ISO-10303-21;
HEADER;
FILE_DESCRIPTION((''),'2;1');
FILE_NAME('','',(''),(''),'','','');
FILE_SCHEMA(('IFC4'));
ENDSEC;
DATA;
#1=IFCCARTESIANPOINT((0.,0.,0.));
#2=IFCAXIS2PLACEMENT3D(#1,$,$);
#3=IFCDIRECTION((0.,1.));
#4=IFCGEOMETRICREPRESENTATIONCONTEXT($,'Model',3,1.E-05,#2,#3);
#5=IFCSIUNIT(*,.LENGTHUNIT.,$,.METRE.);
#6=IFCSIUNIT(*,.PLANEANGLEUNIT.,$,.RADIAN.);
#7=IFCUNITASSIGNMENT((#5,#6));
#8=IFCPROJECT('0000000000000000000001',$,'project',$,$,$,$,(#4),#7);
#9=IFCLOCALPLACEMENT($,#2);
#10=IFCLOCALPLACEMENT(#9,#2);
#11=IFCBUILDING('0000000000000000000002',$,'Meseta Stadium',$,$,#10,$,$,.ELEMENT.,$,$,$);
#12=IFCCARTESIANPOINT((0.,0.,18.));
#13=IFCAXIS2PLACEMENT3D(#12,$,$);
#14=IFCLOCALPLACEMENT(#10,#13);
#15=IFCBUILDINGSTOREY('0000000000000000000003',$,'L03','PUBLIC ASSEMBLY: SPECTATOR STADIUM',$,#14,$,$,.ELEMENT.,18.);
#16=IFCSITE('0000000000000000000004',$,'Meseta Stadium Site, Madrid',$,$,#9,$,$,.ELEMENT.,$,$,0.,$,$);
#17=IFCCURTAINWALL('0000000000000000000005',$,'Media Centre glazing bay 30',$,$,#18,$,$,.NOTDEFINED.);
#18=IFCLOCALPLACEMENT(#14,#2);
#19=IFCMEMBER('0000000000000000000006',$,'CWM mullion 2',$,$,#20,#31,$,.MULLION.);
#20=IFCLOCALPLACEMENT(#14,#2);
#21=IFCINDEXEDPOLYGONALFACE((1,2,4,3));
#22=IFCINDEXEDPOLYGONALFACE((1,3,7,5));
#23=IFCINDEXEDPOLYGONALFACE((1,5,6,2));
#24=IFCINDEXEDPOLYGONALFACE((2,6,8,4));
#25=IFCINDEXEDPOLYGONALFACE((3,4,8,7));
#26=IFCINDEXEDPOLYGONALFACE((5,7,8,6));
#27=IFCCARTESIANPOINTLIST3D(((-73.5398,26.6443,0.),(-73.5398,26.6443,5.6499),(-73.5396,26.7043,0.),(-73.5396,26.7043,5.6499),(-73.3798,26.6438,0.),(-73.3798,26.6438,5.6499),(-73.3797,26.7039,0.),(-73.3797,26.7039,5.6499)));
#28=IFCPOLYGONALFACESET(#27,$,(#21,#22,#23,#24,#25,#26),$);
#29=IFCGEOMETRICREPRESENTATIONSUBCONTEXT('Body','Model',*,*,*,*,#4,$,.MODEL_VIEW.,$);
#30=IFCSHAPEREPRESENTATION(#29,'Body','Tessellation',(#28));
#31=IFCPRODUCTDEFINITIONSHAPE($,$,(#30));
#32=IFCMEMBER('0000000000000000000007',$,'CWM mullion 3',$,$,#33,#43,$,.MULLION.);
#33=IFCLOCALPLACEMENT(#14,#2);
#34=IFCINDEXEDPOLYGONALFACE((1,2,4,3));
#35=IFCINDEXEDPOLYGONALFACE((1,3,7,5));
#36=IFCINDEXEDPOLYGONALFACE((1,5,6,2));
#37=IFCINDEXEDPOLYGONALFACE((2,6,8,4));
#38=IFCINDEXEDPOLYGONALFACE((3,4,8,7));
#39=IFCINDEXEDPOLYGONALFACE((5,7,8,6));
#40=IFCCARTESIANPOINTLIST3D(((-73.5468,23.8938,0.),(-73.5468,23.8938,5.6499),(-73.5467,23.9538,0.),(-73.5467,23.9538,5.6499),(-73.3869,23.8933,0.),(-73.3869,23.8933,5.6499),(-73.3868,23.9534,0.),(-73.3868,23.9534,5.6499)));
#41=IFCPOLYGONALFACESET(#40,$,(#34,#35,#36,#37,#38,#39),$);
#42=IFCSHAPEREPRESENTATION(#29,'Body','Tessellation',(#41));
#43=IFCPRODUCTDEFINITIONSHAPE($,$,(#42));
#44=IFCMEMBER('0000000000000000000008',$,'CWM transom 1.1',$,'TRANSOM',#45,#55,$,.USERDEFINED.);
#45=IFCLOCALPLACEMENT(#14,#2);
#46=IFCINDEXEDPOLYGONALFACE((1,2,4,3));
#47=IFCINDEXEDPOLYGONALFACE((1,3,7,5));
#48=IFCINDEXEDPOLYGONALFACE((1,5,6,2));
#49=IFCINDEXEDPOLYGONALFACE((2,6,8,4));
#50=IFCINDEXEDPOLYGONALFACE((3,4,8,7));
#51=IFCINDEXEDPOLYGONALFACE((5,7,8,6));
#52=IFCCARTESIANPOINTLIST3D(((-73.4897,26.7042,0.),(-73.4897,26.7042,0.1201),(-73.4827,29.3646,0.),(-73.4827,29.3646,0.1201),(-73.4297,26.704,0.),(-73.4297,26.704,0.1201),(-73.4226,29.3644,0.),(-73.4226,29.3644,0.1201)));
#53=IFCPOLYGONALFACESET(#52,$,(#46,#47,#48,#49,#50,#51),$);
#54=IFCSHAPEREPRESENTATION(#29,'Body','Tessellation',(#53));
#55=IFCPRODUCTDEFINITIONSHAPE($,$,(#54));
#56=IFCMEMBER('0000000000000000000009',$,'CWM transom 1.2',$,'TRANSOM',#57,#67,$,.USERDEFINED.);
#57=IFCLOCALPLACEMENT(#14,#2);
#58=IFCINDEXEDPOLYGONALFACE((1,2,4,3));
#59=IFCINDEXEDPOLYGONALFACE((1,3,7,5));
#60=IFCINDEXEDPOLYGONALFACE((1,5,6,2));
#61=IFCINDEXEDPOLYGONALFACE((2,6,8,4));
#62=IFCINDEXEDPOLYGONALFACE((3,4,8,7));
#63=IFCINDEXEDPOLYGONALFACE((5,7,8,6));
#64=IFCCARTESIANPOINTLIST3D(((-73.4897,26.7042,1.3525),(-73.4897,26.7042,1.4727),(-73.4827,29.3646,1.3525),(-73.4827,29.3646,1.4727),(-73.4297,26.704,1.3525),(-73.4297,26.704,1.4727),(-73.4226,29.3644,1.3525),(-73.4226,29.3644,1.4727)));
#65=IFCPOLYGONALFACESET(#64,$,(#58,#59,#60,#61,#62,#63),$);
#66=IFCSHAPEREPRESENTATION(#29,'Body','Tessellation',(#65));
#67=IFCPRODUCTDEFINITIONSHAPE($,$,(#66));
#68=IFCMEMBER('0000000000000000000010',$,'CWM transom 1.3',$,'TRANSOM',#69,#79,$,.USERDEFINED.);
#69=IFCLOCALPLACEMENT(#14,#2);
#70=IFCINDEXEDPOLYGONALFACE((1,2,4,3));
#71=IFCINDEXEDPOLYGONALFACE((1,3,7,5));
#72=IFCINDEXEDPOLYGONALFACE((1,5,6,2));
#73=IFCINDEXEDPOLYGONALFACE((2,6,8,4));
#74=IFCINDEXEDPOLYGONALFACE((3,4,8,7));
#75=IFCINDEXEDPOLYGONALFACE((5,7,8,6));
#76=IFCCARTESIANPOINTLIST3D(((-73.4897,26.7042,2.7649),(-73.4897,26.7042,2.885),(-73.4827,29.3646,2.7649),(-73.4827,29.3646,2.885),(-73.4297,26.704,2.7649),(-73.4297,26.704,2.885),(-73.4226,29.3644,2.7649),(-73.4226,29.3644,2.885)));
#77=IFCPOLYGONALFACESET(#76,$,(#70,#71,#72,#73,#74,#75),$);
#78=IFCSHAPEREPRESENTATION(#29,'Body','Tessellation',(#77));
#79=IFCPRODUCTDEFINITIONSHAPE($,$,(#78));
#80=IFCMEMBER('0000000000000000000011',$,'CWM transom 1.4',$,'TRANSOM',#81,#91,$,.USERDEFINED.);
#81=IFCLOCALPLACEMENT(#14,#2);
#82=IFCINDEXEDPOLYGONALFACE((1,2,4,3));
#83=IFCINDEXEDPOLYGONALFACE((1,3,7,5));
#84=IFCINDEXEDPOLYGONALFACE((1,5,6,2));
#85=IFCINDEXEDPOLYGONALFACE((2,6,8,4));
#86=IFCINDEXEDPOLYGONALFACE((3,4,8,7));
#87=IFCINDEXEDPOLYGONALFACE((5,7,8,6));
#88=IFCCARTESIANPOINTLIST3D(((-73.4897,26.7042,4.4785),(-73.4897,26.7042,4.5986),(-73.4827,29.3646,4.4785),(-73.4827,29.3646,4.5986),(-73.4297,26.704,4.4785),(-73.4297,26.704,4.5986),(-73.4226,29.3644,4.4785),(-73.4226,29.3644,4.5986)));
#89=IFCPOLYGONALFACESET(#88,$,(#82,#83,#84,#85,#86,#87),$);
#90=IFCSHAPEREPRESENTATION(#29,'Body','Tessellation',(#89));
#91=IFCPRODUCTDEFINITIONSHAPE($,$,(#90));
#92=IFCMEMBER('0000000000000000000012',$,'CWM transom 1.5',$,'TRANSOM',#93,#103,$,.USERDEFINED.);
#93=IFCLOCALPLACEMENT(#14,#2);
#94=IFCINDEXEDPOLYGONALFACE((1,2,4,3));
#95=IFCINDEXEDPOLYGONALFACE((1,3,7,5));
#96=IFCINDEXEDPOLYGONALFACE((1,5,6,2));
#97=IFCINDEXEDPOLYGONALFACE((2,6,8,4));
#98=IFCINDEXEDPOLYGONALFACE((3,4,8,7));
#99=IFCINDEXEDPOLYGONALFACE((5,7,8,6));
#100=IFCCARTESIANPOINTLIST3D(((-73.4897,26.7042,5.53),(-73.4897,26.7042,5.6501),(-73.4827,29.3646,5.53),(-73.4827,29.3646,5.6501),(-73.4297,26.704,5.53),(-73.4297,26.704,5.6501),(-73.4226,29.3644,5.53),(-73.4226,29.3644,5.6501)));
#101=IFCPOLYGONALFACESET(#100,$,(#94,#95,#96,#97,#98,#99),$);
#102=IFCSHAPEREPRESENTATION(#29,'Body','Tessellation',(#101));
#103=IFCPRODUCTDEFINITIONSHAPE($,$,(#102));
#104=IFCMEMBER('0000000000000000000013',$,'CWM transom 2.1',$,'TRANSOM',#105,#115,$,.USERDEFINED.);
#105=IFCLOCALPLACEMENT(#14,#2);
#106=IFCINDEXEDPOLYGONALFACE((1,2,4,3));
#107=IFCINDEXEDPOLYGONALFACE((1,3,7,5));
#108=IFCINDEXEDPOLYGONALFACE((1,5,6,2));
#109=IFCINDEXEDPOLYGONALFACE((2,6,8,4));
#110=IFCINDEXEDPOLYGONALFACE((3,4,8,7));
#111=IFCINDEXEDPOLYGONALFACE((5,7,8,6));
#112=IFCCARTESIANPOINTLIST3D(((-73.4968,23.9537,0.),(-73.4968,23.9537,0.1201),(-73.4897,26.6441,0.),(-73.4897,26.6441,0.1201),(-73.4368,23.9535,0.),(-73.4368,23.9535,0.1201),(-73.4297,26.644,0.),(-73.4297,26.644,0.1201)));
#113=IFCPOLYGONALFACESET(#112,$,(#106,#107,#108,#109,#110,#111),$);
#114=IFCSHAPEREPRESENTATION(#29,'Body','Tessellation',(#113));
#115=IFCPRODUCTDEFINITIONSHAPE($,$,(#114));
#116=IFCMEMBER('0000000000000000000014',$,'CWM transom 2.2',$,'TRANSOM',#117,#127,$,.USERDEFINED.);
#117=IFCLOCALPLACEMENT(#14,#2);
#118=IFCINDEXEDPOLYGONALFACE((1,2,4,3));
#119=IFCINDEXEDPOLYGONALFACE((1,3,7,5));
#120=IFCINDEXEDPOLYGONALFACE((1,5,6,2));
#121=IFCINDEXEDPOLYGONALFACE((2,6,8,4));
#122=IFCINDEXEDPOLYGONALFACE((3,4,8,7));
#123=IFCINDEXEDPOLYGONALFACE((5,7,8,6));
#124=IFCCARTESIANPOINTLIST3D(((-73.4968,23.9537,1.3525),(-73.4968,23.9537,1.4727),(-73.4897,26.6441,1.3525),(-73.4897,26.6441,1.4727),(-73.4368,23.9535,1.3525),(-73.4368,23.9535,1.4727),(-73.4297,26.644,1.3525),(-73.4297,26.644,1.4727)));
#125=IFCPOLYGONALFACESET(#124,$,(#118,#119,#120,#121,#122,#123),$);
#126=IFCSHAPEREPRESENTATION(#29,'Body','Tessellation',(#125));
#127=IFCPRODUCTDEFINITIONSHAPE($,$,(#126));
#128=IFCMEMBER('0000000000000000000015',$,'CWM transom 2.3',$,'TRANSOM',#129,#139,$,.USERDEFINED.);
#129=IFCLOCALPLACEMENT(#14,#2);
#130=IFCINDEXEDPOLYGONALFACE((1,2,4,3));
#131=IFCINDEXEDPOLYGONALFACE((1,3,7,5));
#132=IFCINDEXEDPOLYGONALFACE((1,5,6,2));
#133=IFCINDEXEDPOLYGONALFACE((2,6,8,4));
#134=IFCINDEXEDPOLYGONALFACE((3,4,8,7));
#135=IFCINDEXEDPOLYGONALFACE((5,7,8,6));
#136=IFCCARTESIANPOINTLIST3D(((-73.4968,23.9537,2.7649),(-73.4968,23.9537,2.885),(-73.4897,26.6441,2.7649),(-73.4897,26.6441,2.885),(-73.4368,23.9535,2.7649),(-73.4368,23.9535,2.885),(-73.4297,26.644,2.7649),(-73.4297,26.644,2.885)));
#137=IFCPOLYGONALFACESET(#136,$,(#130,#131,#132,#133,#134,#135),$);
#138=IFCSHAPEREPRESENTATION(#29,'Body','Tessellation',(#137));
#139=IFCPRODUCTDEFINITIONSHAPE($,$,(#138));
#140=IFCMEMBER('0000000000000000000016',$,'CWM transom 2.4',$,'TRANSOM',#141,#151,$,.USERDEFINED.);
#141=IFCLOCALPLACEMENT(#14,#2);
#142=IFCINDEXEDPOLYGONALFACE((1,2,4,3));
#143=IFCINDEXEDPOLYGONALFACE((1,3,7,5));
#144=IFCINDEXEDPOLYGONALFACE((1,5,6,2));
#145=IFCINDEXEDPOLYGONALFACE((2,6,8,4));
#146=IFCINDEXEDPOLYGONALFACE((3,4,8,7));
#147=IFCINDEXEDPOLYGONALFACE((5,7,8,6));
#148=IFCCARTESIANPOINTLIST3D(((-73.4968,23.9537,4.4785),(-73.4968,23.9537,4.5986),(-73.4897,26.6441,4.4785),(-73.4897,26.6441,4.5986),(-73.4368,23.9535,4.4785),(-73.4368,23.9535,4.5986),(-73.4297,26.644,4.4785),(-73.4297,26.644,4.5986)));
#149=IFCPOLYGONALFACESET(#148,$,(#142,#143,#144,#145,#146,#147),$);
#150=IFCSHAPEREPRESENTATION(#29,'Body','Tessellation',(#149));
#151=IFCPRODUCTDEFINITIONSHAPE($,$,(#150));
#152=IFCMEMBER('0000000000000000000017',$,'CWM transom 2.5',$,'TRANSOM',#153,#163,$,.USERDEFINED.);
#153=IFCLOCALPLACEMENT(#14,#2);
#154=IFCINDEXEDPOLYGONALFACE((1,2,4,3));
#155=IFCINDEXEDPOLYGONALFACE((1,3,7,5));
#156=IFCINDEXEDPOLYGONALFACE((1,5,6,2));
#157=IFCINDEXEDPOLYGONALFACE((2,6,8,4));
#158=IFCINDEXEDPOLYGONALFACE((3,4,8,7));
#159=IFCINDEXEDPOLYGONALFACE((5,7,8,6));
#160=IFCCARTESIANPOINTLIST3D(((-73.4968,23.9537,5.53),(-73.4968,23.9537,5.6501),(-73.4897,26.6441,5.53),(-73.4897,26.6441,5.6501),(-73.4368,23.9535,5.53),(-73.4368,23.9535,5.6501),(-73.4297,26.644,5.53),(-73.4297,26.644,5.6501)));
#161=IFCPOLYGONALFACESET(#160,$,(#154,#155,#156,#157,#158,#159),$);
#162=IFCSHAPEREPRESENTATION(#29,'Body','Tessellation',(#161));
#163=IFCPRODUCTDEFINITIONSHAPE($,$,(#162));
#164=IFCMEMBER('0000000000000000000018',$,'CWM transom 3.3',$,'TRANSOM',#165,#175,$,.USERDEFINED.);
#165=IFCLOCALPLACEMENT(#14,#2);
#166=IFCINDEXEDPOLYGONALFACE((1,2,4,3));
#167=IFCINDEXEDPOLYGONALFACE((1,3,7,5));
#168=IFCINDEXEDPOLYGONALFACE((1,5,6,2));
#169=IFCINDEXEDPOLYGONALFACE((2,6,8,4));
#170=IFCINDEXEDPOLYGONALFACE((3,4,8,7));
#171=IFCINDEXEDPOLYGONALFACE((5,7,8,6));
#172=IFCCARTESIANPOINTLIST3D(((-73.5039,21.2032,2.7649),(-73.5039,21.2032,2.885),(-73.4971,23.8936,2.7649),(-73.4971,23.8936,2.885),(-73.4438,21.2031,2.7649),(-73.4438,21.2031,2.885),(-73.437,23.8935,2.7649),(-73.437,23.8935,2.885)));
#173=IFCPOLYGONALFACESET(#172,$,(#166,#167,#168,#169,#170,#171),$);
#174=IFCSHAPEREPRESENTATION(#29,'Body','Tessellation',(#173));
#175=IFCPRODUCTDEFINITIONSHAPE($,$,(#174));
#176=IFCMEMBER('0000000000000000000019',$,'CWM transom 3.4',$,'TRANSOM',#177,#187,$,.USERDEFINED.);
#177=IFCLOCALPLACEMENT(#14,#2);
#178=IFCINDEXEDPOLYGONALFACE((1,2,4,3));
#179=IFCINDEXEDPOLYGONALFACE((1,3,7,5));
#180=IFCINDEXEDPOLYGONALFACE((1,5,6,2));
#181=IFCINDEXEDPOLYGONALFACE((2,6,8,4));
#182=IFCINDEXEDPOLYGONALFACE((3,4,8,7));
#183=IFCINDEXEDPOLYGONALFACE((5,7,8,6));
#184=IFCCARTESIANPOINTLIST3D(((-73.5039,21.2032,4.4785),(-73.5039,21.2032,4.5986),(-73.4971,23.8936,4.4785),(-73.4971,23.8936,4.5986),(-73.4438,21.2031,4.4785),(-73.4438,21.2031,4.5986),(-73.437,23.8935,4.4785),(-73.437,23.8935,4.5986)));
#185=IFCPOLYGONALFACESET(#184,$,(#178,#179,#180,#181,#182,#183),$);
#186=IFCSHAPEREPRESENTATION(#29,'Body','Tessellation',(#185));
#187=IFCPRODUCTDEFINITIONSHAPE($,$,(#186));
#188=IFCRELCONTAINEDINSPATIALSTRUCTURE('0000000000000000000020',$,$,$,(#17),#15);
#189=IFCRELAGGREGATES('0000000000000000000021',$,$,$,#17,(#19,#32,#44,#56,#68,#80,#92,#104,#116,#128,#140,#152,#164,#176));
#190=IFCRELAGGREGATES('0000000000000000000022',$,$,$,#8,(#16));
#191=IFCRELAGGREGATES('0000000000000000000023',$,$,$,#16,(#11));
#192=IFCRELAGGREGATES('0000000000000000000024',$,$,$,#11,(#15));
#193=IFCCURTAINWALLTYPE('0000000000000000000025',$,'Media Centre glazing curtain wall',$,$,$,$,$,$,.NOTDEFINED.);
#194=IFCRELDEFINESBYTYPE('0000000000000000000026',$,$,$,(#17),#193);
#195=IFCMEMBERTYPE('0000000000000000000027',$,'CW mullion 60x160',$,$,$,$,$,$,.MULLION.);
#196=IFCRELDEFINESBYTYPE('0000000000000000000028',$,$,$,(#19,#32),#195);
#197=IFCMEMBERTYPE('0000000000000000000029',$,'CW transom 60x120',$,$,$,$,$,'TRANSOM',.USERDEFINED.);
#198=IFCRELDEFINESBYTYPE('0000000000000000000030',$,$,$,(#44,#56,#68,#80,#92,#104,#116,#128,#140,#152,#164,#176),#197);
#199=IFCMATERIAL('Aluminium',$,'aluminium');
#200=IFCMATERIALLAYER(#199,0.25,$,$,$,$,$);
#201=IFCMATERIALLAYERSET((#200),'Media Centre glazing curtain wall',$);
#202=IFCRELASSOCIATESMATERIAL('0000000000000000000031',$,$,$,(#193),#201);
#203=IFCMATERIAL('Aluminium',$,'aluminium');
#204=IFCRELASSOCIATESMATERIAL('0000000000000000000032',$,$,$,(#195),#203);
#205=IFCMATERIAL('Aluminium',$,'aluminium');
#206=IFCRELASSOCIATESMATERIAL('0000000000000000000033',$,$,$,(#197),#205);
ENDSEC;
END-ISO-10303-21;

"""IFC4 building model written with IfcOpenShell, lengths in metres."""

from ifc_helpers import new_model, si_unit, direction, frame, origin, origin_2d, place, context, subcontext, project, spatial, rectangle, extrude, material, layer, layer_set, material_profile, profile_set, type_object, element, aggregate, save


model = new_model("IFC4")

# Units and contexts
model_context = context("Model", 3, precision=1e-05, world=origin(), true_north=direction((0.0, 1.0)))
body_context = subcontext(model_context, "Body", "Model", "MODEL_VIEW")
ifc_project = project(units=[si_unit("LENGTHUNIT", "METRE"), si_unit("PLANEANGLEUNIT", "RADIAN")], contexts=[model_context])

# Site, building, storey
site_placement = place(None, origin())
site = spatial("IfcSite", under=ifc_project, at=site_placement, Name="Meseta Stadium Site, Madrid", CompositionType="ELEMENT", RefElevation=0.0)
building_placement = place(site_placement, origin())
building = spatial("IfcBuilding", under=site, at=building_placement, Name="Meseta Stadium", CompositionType="ELEMENT")
storey_placement = place(building_placement, frame((0.0, 0.0, 18.0)))
storey = spatial("IfcBuildingStorey", under=building, at=storey_placement, Name="L03", Description="PUBLIC ASSEMBLY: SPECTATOR STADIUM", CompositionType="ELEMENT", Elevation=18.0)

# Curtain wall, members
ifc_material_1 = material(Name="Aluminium", Category="aluminium")
ifc_layer_1 = layer(ifc_material_1, 0.25)
ifc_layer_set_1 = layer_set([ifc_layer_1], Name="Media Centre glazing curtain wall")
curtain_wall_type = type_object("IfcCurtainWallType", Name="Media Centre glazing curtain wall", PredefinedType="NOTDEFINED", material=ifc_layer_set_1)
curtain_wall_placement = place(storey_placement, origin())
curtain_wall = element("IfcCurtainWall", 1, at=curtain_wall_placement, inside=storey, type_object=curtain_wall_type, Name="Media Centre glazing bay 30", PredefinedType="NOTDEFINED")
ifc_material_2 = material(Name="Aluminium", Category="aluminium")
ifc_material_profile_1 = material_profile(ifc_material_2, rectangle(XDim=0.1599, YDim=0.0601, at=origin_2d()), Name="CW 160x60")
ifc_profile_set_1 = profile_set([ifc_material_profile_1], Name="Aluminium")
member_type_1 = type_object("IfcMemberType", Name="CW mullion 60x160", PredefinedType="MULLION", material=ifc_profile_set_1)
member_1_placement = place(storey_placement, frame((-73.4597, 26.6741, 0.0), z_axis=(0.0, 0.0, 1.0), x_axis=(0.999997, -0.002606, 0.0)))
member_1 = element("IfcMember", 2, at=member_1_placement, type_object=member_type_1, Name="CWM mullion 2", PredefinedType="MULLION", context=body_context, shape_type="SweptSolid", body=[
    extrude(rectangle(XDim=0.1599, YDim=0.0601, at=origin_2d()), origin(), (0.0, 0.0, 1.0), 5.6499),
])
member_2_placement = place(storey_placement, frame((-73.4668, 23.9236, 0.0), z_axis=(0.0, 0.0, 1.0), x_axis=(0.999997, -0.002606, 0.0)))
member_2 = element("IfcMember", 3, at=member_2_placement, type_object=member_type_1, Name="CWM mullion 3", PredefinedType="MULLION", context=body_context, shape_type="SweptSolid", body=[
    extrude(rectangle(XDim=0.1599, YDim=0.0601, at=origin_2d()), origin(), (0.0, 0.0, 1.0), 5.6499),
])
ifc_material_3 = material(Name="Aluminium", Category="aluminium")
ifc_material_profile_2 = material_profile(ifc_material_3, rectangle(XDim=0.0601, YDim=0.1201, at=origin_2d()), Name="CW 60x120")
ifc_profile_set_2 = profile_set([ifc_material_profile_2], Name="Aluminium")
member_type_2 = type_object("IfcMemberType", Name="CW transom 60x120", ElementType="TRANSOM", PredefinedType="USERDEFINED", material=ifc_profile_set_2)
member_3_placement = place(storey_placement, frame((-73.4526, 29.3645, 0.0601), z_axis=(-0.002661, -0.999996, 0.0), x_axis=(0.999996, -0.002661, 0.0)))
member_3 = element("IfcMember", 4, at=member_3_placement, type_object=member_type_2, Name="CWM transom 1.1", ObjectType="TRANSOM", PredefinedType="USERDEFINED", context=body_context, shape_type="SweptSolid", body=[
    extrude(rectangle(XDim=0.0601, YDim=0.1201, at=origin_2d()), origin(), (0.0, 0.0, 1.0), 2.6604),
])
member_4_placement = place(storey_placement, frame((-73.4526, 29.3645, 1.4126), z_axis=(-0.002661, -0.999996, 0.0), x_axis=(0.999996, -0.002661, 0.0)))
member_4 = element("IfcMember", 5, at=member_4_placement, type_object=member_type_2, Name="CWM transom 1.2", ObjectType="TRANSOM", PredefinedType="USERDEFINED", context=body_context, shape_type="SweptSolid", body=[
    extrude(rectangle(XDim=0.0601, YDim=0.1201, at=origin_2d()), origin(), (0.0, 0.0, 1.0), 2.6604),
])
member_5_placement = place(storey_placement, frame((-73.4526, 29.3645, 2.825), z_axis=(-0.002661, -0.999996, 0.0), x_axis=(0.999996, -0.002661, 0.0)))
member_5 = element("IfcMember", 6, at=member_5_placement, type_object=member_type_2, Name="CWM transom 1.3", ObjectType="TRANSOM", PredefinedType="USERDEFINED", context=body_context, shape_type="SweptSolid", body=[
    extrude(rectangle(XDim=0.0601, YDim=0.1201, at=origin_2d()), origin(), (0.0, 0.0, 1.0), 2.6604),
])
member_6_placement = place(storey_placement, frame((-73.4526, 29.3645, 4.5386), z_axis=(-0.002661, -0.999996, 0.0), x_axis=(0.999996, -0.002661, 0.0)))
member_6 = element("IfcMember", 7, at=member_6_placement, type_object=member_type_2, Name="CWM transom 1.4", ObjectType="TRANSOM", PredefinedType="USERDEFINED", context=body_context, shape_type="SweptSolid", body=[
    extrude(rectangle(XDim=0.0601, YDim=0.1201, at=origin_2d()), origin(), (0.0, 0.0, 1.0), 2.6604),
])
member_7_placement = place(storey_placement, frame((-73.4526, 29.3645, 5.5901), z_axis=(-0.002661, -0.999996, 0.0), x_axis=(0.999996, -0.002661, 0.0)))
member_7 = element("IfcMember", 8, at=member_7_placement, type_object=member_type_2, Name="CWM transom 1.5", ObjectType="TRANSOM", PredefinedType="USERDEFINED", context=body_context, shape_type="SweptSolid", body=[
    extrude(rectangle(XDim=0.0601, YDim=0.1201, at=origin_2d()), origin(), (0.0, 0.0, 1.0), 2.6604),
])
member_8_placement = place(storey_placement, frame((-73.4597, 26.644, 0.0601), z_axis=(-0.002632, -0.999997, 0.0), x_axis=(0.999997, -0.002632, 0.0)))
member_8 = element("IfcMember", 9, at=member_8_placement, type_object=member_type_2, Name="CWM transom 2.1", ObjectType="TRANSOM", PredefinedType="USERDEFINED", context=body_context, shape_type="SweptSolid", body=[
    extrude(rectangle(XDim=0.0601, YDim=0.1201, at=origin_2d()), origin(), (0.0, 0.0, 1.0), 2.6904),
])
member_9_placement = place(storey_placement, frame((-73.4597, 26.644, 1.4126), z_axis=(-0.002632, -0.999997, 0.0), x_axis=(0.999997, -0.002632, 0.0)))
member_9 = element("IfcMember", 10, at=member_9_placement, type_object=member_type_2, Name="CWM transom 2.2", ObjectType="TRANSOM", PredefinedType="USERDEFINED", context=body_context, shape_type="SweptSolid", body=[
    extrude(rectangle(XDim=0.0601, YDim=0.1201, at=origin_2d()), origin(), (0.0, 0.0, 1.0), 2.6904),
])
member_10_placement = place(storey_placement, frame((-73.4597, 26.644, 2.825), z_axis=(-0.002632, -0.999997, 0.0), x_axis=(0.999997, -0.002632, 0.0)))
member_10 = element("IfcMember", 11, at=member_10_placement, type_object=member_type_2, Name="CWM transom 2.3", ObjectType="TRANSOM", PredefinedType="USERDEFINED", context=body_context, shape_type="SweptSolid", body=[
    extrude(rectangle(XDim=0.0601, YDim=0.1201, at=origin_2d()), origin(), (0.0, 0.0, 1.0), 2.6904),
])
member_11_placement = place(storey_placement, frame((-73.4597, 26.644, 4.5386), z_axis=(-0.002632, -0.999997, 0.0), x_axis=(0.999997, -0.002632, 0.0)))
member_11 = element("IfcMember", 12, at=member_11_placement, type_object=member_type_2, Name="CWM transom 2.4", ObjectType="TRANSOM", PredefinedType="USERDEFINED", context=body_context, shape_type="SweptSolid", body=[
    extrude(rectangle(XDim=0.0601, YDim=0.1201, at=origin_2d()), origin(), (0.0, 0.0, 1.0), 2.6904),
])
member_12_placement = place(storey_placement, frame((-73.4597, 26.644, 5.5901), z_axis=(-0.002632, -0.999997, 0.0), x_axis=(0.999997, -0.002632, 0.0)))
member_12 = element("IfcMember", 13, at=member_12_placement, type_object=member_type_2, Name="CWM transom 2.5", ObjectType="TRANSOM", PredefinedType="USERDEFINED", context=body_context, shape_type="SweptSolid", body=[
    extrude(rectangle(XDim=0.0601, YDim=0.1201, at=origin_2d()), origin(), (0.0, 0.0, 1.0), 2.6904),
])
member_13_placement = place(storey_placement, frame((-73.467, 23.8936, 2.825), z_axis=(-0.002541, -0.999997, 0.0), x_axis=(0.999997, -0.002541, 0.0)))
member_13 = element("IfcMember", 14, at=member_13_placement, type_object=member_type_2, Name="CWM transom 3.3", ObjectType="TRANSOM", PredefinedType="USERDEFINED", context=body_context, shape_type="SweptSolid", body=[
    extrude(rectangle(XDim=0.0601, YDim=0.1201, at=origin_2d()), origin(), (0.0, 0.0, 1.0), 2.6904),
])
member_14_placement = place(storey_placement, frame((-73.467, 23.8936, 4.5386), z_axis=(-0.002541, -0.999997, 0.0), x_axis=(0.999997, -0.002541, 0.0)))
member_14 = element("IfcMember", 15, at=member_14_placement, type_object=member_type_2, Name="CWM transom 3.4", ObjectType="TRANSOM", PredefinedType="USERDEFINED", context=body_context, shape_type="SweptSolid", body=[
    extrude(rectangle(XDim=0.0601, YDim=0.1201, at=origin_2d()), origin(), (0.0, 0.0, 1.0), 2.6904),
])
aggregate(curtain_wall, [member_1, member_2, member_3, member_4, member_5, member_6, member_7, member_8, member_9, member_10, member_11, member_12, member_13, member_14])

save(model, "model.ifc")
